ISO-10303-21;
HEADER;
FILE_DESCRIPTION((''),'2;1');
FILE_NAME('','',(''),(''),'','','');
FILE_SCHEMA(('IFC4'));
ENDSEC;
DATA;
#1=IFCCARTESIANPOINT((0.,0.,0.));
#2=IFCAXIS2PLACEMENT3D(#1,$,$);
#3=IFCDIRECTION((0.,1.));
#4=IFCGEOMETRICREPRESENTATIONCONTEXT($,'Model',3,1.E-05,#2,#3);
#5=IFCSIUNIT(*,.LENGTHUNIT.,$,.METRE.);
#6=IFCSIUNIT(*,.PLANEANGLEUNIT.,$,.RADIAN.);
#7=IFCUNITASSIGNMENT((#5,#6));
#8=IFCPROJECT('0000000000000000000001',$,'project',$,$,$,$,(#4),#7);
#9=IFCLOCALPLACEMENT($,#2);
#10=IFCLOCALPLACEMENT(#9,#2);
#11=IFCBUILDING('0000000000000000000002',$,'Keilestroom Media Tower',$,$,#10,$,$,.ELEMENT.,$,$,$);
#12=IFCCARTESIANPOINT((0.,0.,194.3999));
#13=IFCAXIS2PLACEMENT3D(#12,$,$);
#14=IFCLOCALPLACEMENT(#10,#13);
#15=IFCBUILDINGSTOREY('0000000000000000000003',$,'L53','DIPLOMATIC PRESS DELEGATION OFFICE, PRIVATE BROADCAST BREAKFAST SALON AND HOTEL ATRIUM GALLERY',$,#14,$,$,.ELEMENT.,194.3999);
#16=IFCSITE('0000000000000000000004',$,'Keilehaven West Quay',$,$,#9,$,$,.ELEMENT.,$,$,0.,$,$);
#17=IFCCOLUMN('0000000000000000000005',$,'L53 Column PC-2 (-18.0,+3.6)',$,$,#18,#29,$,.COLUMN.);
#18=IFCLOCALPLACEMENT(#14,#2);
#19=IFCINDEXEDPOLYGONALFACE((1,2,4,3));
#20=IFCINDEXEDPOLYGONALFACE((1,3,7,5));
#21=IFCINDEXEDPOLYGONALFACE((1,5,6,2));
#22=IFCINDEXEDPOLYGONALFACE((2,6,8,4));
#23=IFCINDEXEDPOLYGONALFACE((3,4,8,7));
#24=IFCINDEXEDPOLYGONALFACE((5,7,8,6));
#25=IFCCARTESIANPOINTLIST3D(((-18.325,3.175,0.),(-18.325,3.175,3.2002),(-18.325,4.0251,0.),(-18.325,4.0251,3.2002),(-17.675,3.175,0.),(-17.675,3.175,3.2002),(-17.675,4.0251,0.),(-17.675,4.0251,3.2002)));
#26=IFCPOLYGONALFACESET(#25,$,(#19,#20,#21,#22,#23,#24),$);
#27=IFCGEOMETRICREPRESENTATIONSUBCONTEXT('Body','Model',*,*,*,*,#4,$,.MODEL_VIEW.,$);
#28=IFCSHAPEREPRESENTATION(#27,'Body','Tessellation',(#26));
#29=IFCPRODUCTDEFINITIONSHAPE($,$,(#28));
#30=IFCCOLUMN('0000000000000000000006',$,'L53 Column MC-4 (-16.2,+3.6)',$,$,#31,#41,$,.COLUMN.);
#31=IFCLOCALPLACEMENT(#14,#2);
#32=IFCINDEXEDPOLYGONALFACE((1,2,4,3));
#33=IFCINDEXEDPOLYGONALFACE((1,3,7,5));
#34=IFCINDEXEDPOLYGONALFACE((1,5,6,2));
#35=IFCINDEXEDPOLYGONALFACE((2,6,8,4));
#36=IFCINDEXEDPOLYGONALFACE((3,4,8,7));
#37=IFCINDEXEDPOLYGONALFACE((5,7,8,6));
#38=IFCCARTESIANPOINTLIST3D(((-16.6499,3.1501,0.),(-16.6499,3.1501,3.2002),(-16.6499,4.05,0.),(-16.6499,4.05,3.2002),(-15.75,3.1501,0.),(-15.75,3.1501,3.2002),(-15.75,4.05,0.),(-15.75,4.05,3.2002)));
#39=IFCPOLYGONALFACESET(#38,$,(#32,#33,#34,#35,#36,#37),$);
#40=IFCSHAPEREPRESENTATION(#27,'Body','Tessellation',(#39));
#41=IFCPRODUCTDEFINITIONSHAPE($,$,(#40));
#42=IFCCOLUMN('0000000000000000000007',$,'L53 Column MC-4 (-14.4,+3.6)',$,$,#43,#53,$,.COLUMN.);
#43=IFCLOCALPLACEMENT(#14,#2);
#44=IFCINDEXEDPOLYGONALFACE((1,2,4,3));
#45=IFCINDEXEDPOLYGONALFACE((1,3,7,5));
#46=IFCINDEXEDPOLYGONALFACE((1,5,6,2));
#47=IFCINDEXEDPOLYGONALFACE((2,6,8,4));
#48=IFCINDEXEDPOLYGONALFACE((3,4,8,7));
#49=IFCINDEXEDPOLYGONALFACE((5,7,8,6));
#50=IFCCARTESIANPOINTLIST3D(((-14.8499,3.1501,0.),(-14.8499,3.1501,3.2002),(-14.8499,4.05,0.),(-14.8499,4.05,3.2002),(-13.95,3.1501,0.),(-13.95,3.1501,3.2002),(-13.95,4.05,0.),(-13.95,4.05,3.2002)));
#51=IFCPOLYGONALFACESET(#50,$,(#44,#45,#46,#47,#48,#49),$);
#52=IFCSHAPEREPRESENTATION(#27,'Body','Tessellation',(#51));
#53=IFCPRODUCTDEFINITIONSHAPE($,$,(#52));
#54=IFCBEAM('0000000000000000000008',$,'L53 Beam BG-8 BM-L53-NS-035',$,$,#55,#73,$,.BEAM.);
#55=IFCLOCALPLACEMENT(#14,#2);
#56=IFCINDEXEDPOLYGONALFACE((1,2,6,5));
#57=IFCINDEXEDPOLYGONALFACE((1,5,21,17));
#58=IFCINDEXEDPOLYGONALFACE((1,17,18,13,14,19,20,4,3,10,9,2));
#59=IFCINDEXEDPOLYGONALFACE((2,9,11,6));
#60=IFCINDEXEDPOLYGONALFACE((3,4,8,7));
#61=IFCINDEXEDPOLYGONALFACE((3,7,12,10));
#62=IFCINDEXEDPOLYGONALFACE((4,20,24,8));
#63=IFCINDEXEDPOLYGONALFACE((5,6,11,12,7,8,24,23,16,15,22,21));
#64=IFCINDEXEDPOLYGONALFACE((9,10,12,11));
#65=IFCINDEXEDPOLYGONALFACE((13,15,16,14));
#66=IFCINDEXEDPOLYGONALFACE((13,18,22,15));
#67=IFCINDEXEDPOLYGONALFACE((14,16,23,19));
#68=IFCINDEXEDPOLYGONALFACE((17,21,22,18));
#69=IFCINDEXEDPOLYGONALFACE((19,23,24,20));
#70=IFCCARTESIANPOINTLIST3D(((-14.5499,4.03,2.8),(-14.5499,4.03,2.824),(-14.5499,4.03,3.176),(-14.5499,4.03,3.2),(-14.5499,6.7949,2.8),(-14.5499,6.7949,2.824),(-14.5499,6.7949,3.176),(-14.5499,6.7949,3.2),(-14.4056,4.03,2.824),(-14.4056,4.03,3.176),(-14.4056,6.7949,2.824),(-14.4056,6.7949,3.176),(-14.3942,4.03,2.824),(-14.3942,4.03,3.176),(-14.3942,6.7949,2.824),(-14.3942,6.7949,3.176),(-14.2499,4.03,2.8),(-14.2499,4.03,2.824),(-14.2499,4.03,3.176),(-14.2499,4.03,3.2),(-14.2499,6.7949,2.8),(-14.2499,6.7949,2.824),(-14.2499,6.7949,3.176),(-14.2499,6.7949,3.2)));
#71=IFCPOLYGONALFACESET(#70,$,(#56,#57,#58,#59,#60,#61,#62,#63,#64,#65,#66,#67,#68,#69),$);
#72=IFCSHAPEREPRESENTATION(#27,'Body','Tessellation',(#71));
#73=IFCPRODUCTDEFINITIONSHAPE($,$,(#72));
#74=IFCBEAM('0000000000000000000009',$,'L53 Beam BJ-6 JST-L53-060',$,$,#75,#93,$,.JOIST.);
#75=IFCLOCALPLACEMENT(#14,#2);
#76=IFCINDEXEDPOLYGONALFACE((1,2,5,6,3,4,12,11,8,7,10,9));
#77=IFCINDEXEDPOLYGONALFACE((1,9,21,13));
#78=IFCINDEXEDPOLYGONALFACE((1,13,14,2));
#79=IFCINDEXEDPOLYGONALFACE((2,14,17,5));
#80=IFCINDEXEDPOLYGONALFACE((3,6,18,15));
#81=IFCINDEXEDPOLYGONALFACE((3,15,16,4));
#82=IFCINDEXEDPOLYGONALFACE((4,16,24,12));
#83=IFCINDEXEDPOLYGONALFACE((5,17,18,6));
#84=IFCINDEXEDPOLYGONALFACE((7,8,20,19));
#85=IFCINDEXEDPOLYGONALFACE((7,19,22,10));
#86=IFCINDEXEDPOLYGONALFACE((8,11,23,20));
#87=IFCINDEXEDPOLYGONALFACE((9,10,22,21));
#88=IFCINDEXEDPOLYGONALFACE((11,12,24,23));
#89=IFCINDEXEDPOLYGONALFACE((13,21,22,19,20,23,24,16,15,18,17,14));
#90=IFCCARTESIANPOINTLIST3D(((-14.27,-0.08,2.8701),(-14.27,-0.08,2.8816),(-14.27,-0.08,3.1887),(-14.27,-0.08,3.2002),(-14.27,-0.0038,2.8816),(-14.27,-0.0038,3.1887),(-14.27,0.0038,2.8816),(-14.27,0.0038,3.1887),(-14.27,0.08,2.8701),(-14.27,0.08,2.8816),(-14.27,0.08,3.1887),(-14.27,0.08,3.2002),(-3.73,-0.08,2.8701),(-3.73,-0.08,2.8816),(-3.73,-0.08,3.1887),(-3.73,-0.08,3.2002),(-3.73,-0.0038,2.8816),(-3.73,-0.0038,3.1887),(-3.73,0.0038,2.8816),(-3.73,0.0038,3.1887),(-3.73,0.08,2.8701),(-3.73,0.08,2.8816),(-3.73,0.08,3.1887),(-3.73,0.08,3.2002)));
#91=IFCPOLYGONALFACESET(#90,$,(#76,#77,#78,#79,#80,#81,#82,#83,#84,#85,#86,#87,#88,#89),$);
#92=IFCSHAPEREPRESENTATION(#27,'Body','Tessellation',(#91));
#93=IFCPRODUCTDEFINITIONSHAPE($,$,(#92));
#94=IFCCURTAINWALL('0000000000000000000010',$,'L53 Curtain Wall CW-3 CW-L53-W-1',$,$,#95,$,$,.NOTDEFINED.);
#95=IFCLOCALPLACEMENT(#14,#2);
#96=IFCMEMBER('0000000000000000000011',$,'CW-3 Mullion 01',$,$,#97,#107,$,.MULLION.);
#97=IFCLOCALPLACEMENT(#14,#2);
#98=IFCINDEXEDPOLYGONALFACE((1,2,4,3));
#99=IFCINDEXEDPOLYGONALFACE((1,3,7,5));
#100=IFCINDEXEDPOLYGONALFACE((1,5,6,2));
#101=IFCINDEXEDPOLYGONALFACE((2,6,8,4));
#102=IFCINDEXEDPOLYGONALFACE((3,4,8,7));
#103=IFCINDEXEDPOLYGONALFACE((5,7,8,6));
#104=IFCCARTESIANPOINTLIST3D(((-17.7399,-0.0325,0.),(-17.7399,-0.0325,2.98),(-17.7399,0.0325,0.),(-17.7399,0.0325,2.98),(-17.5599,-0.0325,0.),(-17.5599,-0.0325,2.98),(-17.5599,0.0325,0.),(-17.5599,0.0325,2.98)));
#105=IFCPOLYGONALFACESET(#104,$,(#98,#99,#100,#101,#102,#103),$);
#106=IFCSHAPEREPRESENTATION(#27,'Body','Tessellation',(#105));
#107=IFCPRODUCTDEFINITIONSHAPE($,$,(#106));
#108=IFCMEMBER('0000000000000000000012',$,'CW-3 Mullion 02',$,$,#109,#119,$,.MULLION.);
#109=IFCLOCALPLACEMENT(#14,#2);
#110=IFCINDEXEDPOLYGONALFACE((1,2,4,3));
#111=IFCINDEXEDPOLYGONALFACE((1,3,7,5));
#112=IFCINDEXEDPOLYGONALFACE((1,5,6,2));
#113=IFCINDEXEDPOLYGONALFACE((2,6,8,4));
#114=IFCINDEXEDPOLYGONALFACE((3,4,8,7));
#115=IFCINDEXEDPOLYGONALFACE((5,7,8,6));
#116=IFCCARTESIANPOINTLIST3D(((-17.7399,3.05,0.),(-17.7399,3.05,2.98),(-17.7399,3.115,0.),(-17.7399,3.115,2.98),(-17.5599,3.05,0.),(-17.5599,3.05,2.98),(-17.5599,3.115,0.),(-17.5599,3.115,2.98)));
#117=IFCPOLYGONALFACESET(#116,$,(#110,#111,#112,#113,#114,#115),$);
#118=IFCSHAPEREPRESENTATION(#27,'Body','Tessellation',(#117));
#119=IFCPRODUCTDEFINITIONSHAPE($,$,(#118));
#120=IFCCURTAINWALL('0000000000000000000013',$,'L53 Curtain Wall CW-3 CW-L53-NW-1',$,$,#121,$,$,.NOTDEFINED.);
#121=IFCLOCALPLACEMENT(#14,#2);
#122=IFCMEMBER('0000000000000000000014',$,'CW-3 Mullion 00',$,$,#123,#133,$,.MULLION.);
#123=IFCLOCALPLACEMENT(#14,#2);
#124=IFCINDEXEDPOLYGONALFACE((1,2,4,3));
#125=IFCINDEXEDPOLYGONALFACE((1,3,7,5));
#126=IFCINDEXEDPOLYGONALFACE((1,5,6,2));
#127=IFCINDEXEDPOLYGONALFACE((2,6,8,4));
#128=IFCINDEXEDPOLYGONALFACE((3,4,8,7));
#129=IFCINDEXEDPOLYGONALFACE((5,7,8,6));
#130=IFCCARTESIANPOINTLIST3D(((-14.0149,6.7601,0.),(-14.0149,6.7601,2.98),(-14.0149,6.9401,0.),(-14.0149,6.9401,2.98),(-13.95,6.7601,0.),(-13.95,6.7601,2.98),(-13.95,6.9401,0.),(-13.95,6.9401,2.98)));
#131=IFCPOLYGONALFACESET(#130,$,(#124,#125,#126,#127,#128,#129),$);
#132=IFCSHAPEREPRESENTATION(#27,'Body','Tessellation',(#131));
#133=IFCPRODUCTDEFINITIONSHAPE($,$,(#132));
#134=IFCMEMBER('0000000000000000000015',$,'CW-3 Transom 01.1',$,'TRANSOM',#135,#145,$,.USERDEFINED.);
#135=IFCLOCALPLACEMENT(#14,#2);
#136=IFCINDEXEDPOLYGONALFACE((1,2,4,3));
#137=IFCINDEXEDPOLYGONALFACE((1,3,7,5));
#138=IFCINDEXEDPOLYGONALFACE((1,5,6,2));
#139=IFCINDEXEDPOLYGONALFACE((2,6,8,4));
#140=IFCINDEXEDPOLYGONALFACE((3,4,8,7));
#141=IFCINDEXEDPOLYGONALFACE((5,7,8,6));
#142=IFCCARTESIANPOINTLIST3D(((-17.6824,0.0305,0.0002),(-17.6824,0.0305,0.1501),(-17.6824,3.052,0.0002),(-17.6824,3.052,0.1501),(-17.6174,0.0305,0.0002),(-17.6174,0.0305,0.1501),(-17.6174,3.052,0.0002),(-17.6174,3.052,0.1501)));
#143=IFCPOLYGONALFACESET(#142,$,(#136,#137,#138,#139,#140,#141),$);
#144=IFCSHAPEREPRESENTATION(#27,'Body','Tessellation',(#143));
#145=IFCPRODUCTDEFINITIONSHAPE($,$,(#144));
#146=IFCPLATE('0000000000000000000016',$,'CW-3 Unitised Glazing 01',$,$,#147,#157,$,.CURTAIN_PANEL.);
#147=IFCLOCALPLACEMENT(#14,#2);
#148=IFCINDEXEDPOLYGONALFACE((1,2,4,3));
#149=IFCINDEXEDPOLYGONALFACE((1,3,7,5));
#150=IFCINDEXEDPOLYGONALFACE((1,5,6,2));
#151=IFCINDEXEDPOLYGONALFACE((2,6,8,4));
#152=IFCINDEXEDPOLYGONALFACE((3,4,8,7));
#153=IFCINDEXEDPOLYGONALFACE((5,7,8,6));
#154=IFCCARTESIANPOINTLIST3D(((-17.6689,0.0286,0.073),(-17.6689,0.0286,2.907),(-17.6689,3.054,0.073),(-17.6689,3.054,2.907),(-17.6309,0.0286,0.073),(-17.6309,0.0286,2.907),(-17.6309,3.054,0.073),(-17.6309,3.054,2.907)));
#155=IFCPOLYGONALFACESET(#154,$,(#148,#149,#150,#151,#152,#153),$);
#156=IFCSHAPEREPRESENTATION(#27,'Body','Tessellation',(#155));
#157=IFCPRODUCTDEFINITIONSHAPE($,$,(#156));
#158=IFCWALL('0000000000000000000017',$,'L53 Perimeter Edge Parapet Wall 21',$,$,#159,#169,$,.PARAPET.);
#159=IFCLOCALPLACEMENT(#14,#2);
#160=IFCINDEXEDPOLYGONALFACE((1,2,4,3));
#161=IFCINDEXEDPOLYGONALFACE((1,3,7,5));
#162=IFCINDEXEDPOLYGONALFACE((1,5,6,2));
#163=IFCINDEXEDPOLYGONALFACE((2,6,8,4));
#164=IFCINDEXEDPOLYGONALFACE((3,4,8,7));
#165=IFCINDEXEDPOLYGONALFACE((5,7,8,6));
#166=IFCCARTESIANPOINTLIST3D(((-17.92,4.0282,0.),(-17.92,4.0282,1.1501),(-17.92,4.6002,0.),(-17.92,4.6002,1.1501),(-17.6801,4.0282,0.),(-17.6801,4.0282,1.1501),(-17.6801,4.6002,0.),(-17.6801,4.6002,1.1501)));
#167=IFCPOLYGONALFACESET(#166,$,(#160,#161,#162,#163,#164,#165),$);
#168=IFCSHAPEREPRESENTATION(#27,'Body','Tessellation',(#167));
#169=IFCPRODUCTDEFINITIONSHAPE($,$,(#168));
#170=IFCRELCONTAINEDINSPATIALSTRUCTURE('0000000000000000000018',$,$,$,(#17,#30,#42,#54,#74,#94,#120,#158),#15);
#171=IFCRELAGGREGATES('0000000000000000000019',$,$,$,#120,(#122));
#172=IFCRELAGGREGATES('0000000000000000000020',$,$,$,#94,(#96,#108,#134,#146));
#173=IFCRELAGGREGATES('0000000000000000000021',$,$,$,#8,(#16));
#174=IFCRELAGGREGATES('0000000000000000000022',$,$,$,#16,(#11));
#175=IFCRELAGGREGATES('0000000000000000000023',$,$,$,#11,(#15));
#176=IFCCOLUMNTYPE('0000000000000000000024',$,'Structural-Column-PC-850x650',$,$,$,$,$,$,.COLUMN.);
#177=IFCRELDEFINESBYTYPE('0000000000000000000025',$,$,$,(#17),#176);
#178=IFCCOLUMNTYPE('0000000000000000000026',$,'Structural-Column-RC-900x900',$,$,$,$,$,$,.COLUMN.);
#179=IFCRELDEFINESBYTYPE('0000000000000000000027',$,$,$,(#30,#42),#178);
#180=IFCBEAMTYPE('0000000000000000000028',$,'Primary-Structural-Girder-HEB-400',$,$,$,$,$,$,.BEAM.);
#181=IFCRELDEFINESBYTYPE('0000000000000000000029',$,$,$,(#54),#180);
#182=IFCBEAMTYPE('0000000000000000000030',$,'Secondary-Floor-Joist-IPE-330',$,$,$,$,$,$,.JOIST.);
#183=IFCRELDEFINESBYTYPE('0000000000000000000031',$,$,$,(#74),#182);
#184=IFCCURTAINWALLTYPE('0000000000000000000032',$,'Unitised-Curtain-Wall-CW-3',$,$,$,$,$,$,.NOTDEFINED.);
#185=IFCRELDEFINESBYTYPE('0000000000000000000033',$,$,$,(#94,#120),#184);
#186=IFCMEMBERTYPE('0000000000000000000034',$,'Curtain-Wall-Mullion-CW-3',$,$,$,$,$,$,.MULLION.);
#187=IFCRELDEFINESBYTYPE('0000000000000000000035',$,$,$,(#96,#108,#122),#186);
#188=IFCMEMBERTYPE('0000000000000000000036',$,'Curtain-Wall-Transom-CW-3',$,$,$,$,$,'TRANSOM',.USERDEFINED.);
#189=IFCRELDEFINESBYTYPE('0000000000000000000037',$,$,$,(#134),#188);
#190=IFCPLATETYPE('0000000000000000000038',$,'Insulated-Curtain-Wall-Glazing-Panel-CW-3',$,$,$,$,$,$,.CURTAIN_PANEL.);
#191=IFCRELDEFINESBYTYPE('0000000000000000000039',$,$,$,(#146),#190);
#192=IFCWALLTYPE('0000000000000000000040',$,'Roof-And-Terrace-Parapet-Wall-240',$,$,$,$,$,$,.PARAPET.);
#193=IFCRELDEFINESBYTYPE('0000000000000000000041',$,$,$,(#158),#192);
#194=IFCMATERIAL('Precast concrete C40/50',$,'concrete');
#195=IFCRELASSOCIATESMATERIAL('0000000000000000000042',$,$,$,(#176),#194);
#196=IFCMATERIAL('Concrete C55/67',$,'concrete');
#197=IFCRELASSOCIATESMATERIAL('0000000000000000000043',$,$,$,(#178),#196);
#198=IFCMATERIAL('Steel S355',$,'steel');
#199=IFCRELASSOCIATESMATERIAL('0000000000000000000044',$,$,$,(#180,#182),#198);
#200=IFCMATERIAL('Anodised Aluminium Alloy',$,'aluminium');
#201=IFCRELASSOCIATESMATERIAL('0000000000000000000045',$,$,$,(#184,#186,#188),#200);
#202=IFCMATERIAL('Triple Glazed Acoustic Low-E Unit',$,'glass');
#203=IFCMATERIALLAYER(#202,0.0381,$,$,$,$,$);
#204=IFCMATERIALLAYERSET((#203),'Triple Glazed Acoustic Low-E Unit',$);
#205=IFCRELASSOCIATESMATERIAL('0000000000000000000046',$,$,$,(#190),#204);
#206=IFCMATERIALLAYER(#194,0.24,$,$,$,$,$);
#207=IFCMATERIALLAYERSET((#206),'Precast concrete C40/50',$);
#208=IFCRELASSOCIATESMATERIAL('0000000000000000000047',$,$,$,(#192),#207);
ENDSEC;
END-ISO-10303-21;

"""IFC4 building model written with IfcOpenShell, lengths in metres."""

from ifc_helpers import new_model, si_unit, direction, frame, frame_2d, origin, origin_2d, place, context, subcontext, project, spatial, rectangle, i_section, extrude, source, transform, mapped, material, layer, layer_set, material_profile, profile_set, type_object, element, aggregate, save


model = new_model("IFC4")

# Units and contexts
model_context = context("Model", 3, precision=1e-05, world=origin(), true_north=direction((0.0, 1.0)))
body_context = subcontext(model_context, "Body", "Model", "MODEL_VIEW")
ifc_project = project(units=[si_unit("LENGTHUNIT", "METRE"), si_unit("PLANEANGLEUNIT", "RADIAN")], contexts=[model_context])

# Site, building, storey
site_placement = place(None, origin())
site = spatial("IfcSite", under=ifc_project, at=site_placement, Name="Keilehaven West Quay", CompositionType="ELEMENT", RefElevation=0.0)
building_placement = place(site_placement, origin())
building = spatial("IfcBuilding", under=site, at=building_placement, Name="Keilestroom Media Tower", CompositionType="ELEMENT")
storey_placement = place(building_placement, frame((0.0, 0.0, 194.3999)))
storey = spatial("IfcBuildingStorey", under=building, at=storey_placement, Name="L53", Description="DIPLOMATIC PRESS DELEGATION OFFICE, PRIVATE BROADCAST BREAKFAST SALON AND HOTEL ATRIUM GALLERY", CompositionType="ELEMENT", Elevation=194.3999)

# Columns
ifc_material_1 = material(Name="Precast concrete C40/50", Category="concrete")
ifc_material_profile_1 = material_profile(ifc_material_1, rectangle(XDim=0.6499, YDim=0.8501, at=origin_2d()), Name="PC 850x650")
ifc_profile_set_1 = profile_set([ifc_material_profile_1], Name="Precast concrete C40/50")
column_type_1 = type_object("IfcColumnType", Name="Structural-Column-PC-850x650", PredefinedType="COLUMN", material=ifc_profile_set_1)
shared_shape_1 = source(origin(), body_context, "Body", "SweptSolid", [
    extrude(rectangle(XDim=0.6499, YDim=0.8501, at=origin_2d()), origin(), (0.0, 0.0, 1.0), 3.2002),
])
column_placement = place(storey_placement, frame((-18.0, 3.6001, 0.0), z_axis=(0.0, 0.0, 1.0), x_axis=(1.0, 0.0, 0.0)))
element("IfcColumn", 1, at=column_placement, inside=storey, type_object=column_type_1, Name="L53 Column PC-2 (-18.0,+3.6)", PredefinedType="COLUMN", context=body_context, shape_type="MappedRepresentation", body=[
    mapped(shared_shape_1, transform((0.0, 0.0, 0.0), x_axis=(1.0, 0.0, 0.0), y_axis=(0.0, 1.0, 0.0), z_axis=(0.0, 0.0, 1.0), scale=1.0)),
])
ifc_material_2 = material(Name="Concrete C55/67", Category="concrete")
ifc_material_profile_2 = material_profile(ifc_material_2, rectangle(XDim=0.8999, YDim=0.8999, at=origin_2d()), Name="RC 900x900")
ifc_profile_set_2 = profile_set([ifc_material_profile_2], Name="Concrete C55/67")
column_type_2 = type_object("IfcColumnType", Name="Structural-Column-RC-900x900", PredefinedType="COLUMN", material=ifc_profile_set_2)
shared_shape_2 = source(origin(), body_context, "Body", "SweptSolid", [
    extrude(rectangle(XDim=0.8999, YDim=0.8999, at=origin_2d()), origin(), (0.0, 0.0, 1.0), 3.2002),
])
for number, where, z_axis, x_axis, name in (
    (2, (-16.2, 3.6001, 0.0), (0.0, 0.0, 1.0), (1.0, 0.0, 0.0), "L53 Column MC-4 (-16.2,+3.6)"),
    (3, (-14.3999, 3.6001, 0.0), (0.0, 0.0, 1.0), (1.0, 0.0, 0.0), "L53 Column MC-4 (-14.4,+3.6)"),
):
    element("IfcColumn", number, at=place(storey_placement, frame(where, z_axis=z_axis, x_axis=x_axis)), inside=storey, type_object=column_type_2, Name=name, PredefinedType="COLUMN", context=body_context, shape_type="MappedRepresentation", body=[
        mapped(shared_shape_2, transform((0.0, 0.0, 0.0), x_axis=(1.0, 0.0, 0.0), y_axis=(0.0, 1.0, 0.0), z_axis=(0.0, 0.0, 1.0), scale=1.0)),
    ])

# Beams
ifc_material_3 = material(Name="Steel S355", Category="steel")
ifc_material_profile_3 = material_profile(ifc_material_3, i_section(OverallWidth=0.3, OverallDepth=0.3999, WebThickness=0.0115, FlangeThickness=0.0239, at=origin_2d()), Name="HEB 400")
ifc_profile_set_3 = profile_set([ifc_material_profile_3], Name="Steel S355")
beam_type_1 = type_object("IfcBeamType", Name="Primary-Structural-Girder-HEB-400", PredefinedType="BEAM", material=ifc_profile_set_3)
shared_shape_3 = source(origin(), body_context, "Body", "SweptSolid", [
    extrude(i_section(OverallWidth=0.3, OverallDepth=0.3999, WebThickness=0.0115, FlangeThickness=0.0239, at=origin_2d()), origin(), (0.0, 0.0, 1.0), 2.7649),
])
beam_1_placement = place(storey_placement, frame((-14.3999, 4.03, 3.0), z_axis=(0.0, 1.0, 0.0), x_axis=(-1.0, 0.0, 0.0)))
element("IfcBeam", 4, at=beam_1_placement, inside=storey, type_object=beam_type_1, Name="L53 Beam BG-8 BM-L53-NS-035", PredefinedType="BEAM", context=body_context, shape_type="MappedRepresentation", body=[
    mapped(shared_shape_3, transform((0.0, 0.0, 0.0), x_axis=(1.0, 0.0, 0.0), y_axis=(0.0, 1.0, 0.0), z_axis=(0.0, 0.0, 1.0), scale=1.0)),
])
ifc_material_profile_4 = material_profile(ifc_material_3, i_section(OverallWidth=0.1599, OverallDepth=0.3301, WebThickness=0.0076, FlangeThickness=0.0115, at=origin_2d()), Name="IPE 330")
ifc_profile_set_4 = profile_set([ifc_material_profile_4], Name="Steel S355")
beam_type_2 = type_object("IfcBeamType", Name="Secondary-Floor-Joist-IPE-330", PredefinedType="JOIST", material=ifc_profile_set_4)
shared_shape_4 = source(origin(), body_context, "Body", "SweptSolid", [
    extrude(i_section(OverallWidth=0.1599, OverallDepth=0.3301, WebThickness=0.0076, FlangeThickness=0.0115, at=origin_2d()), origin(), (0.0, 0.0, 1.0), 10.54),
])
beam_2_placement = place(storey_placement, frame((-14.27, 0.0, 3.0352), z_axis=(1.0, 0.0, 0.0), x_axis=(0.0, 1.0, 0.0)))
element("IfcBeam", 5, at=beam_2_placement, inside=storey, type_object=beam_type_2, Name="L53 Beam BJ-6 JST-L53-060", PredefinedType="JOIST", context=body_context, shape_type="MappedRepresentation", body=[
    mapped(shared_shape_4, transform((0.0, 0.0, 0.0), x_axis=(1.0, 0.0, 0.0), y_axis=(0.0, 1.0, 0.0), z_axis=(0.0, 0.0, 1.0), scale=1.0)),
])

# Curtain wall, members
ifc_material_4 = material(Name="Anodised Aluminium Alloy", Category="aluminium")
curtain_wall_type = type_object("IfcCurtainWallType", Name="Unitised-Curtain-Wall-CW-3", PredefinedType="NOTDEFINED", material=ifc_material_4)
curtain_wall_1_placement = place(storey_placement, origin())
curtain_wall_1 = element("IfcCurtainWall", 6, at=curtain_wall_1_placement, inside=storey, type_object=curtain_wall_type, Name="L53 Curtain Wall CW-3 CW-L53-W-1", PredefinedType="NOTDEFINED")
ifc_material_profile_5 = material_profile(ifc_material_4, rectangle(XDim=0.0649, YDim=0.1799, at=origin_2d()), Name="ALU MULLION 65x180")
ifc_profile_set_5 = profile_set([ifc_material_profile_5], Name="Anodised Aluminium Alloy")
member_type_1 = type_object("IfcMemberType", Name="Curtain-Wall-Mullion-CW-3", PredefinedType="MULLION", material=ifc_profile_set_5)
shared_shape_5 = source(origin(), body_context, "Body", "SweptSolid", [
    extrude(rectangle(XDim=0.0649, YDim=0.1799, at=origin_2d()), origin(), (0.0, 0.0, 1.0), 2.98),
])
member_1_placement = place(storey_placement, frame((-17.6499, 0.0, 0.0), z_axis=(0.0, 0.0, 1.0), x_axis=(0.0, 1.0, 0.0)))
member_1 = element("IfcMember", 7, at=member_1_placement, type_object=member_type_1, Name="CW-3 Mullion 01", PredefinedType="MULLION", context=body_context, shape_type="MappedRepresentation", body=[
    mapped(shared_shape_5, transform((0.0, 0.0, 0.0), x_axis=(1.0, 0.0, 0.0), y_axis=(0.0, 1.0, 0.0), z_axis=(0.0, 0.0, 1.0), scale=1.0)),
])
member_2_placement = place(storey_placement, frame((-17.6499, 3.0825, 0.0), z_axis=(0.0, 0.0, 1.0), x_axis=(0.0, 1.0, 0.0)))
member_2 = element("IfcMember", 8, at=member_2_placement, type_object=member_type_1, Name="CW-3 Mullion 02", PredefinedType="MULLION", context=body_context, shape_type="MappedRepresentation", body=[
    mapped(shared_shape_5, transform((0.0, 0.0, 0.0), x_axis=(1.0, 0.0, 0.0), y_axis=(0.0, 1.0, 0.0), z_axis=(0.0, 0.0, 1.0), scale=1.0)),
])

# Curtain wall, member
curtain_wall_2_placement = place(storey_placement, origin())
curtain_wall_2 = element("IfcCurtainWall", 9, at=curtain_wall_2_placement, inside=storey, type_object=curtain_wall_type, Name="L53 Curtain Wall CW-3 CW-L53-NW-1", PredefinedType="NOTDEFINED")
member_3_placement = place(storey_placement, frame((-13.9824, 6.8501, 0.0), z_axis=(0.0, 0.0, 1.0), x_axis=(1.0, 0.0, 0.0)))
member_3 = element("IfcMember", 10, at=member_3_placement, type_object=member_type_1, Name="CW-3 Mullion 00", PredefinedType="MULLION", context=body_context, shape_type="MappedRepresentation", body=[
    mapped(shared_shape_5, transform((0.0, 0.0, 0.0), x_axis=(1.0, 0.0, 0.0), y_axis=(0.0, 1.0, 0.0), z_axis=(0.0, 0.0, 1.0), scale=1.0)),
])
aggregate(curtain_wall_2, [member_3])

# Member
ifc_material_profile_6 = material_profile(ifc_material_4, rectangle(XDim=0.0649, YDim=0.1499, at=origin_2d()), Name="ALU TRANSOM 65x150")
ifc_profile_set_6 = profile_set([ifc_material_profile_6], Name="Anodised Aluminium Alloy")
member_type_2 = type_object("IfcMemberType", Name="Curtain-Wall-Transom-CW-3", ElementType="TRANSOM", PredefinedType="USERDEFINED", material=ifc_profile_set_6)
shared_shape_6 = source(origin(), body_context, "Body", "SweptSolid", [
    extrude(rectangle(XDim=0.0649, YDim=0.1499, at=origin_2d()), origin(), (0.0, 0.0, 1.0), 3.0215),
])
member_4_placement = place(storey_placement, frame((-17.6499, 0.0305, 0.0752), z_axis=(0.0, 1.0, 0.0), x_axis=(-1.0, 0.0, 0.0)))
member_4 = element("IfcMember", 11, at=member_4_placement, type_object=member_type_2, Name="CW-3 Transom 01.1", ObjectType="TRANSOM", PredefinedType="USERDEFINED", context=body_context, shape_type="MappedRepresentation", body=[
    mapped(shared_shape_6, transform((0.0, 0.0, 0.0), x_axis=(1.0, 0.0, 0.0), y_axis=(0.0, 1.0, 0.0), z_axis=(0.0, 0.0, 1.0), scale=1.0)),
])

# Plate
ifc_material_5 = material(Name="Triple Glazed Acoustic Low-E Unit", Category="glass")
ifc_layer_1 = layer(ifc_material_5, 0.0381)
ifc_layer_set_1 = layer_set([ifc_layer_1], Name="Triple Glazed Acoustic Low-E Unit")
plate_type = type_object("IfcPlateType", Name="Insulated-Curtain-Wall-Glazing-Panel-CW-3", PredefinedType="CURTAIN_PANEL", material=ifc_layer_set_1)
shared_shape_7 = source(origin(), body_context, "Body", "SweptSolid", [
    extrude(rectangle(XDim=3.0254, YDim=0.0381, at=origin_2d()), origin(), (0.0, 0.0, 1.0), 2.834),
])
plate_placement = place(storey_placement, frame((-17.6499, 1.5413, 0.073), z_axis=(0.0, 0.0, 1.0), x_axis=(0.0, 1.0, 0.0)))
plate = element("IfcPlate", 12, at=plate_placement, type_object=plate_type, Name="CW-3 Unitised Glazing 01", PredefinedType="CURTAIN_PANEL", context=body_context, shape_type="MappedRepresentation", body=[
    mapped(shared_shape_7, transform((0.0, 0.0, 0.0), x_axis=(1.0, 0.0, 0.0), y_axis=(0.0, 1.0, 0.0), z_axis=(0.0, 0.0, 1.0), scale=1.0)),
])
aggregate(curtain_wall_1, [member_1, member_2, member_4, plate])

# Wall
ifc_layer_2 = layer(ifc_material_1, 0.24)
ifc_layer_set_2 = layer_set([ifc_layer_2], Name="Precast concrete C40/50")
wall_type = type_object("IfcWallType", Name="Roof-And-Terrace-Parapet-Wall-240", PredefinedType="PARAPET", material=ifc_layer_set_2)
wall_1_placement = place(storey_placement, frame((-17.8, 4.0281, 0.0), z_axis=(0.0, 0.0, 1.0), x_axis=(0.0, 1.0, 0.0)))
element("IfcWall", 13, at=wall_1_placement, inside=storey, type_object=wall_type, Name="L53 Perimeter Edge Parapet Wall 21", PredefinedType="PARAPET", context=body_context, shape_type="SweptSolid", body=[
    extrude(rectangle(XDim=0.572, YDim=0.24, at=frame_2d((0.2861, 0.0))), origin(), (0.0, 0.0, 1.0), 1.1501),
])

save(model, "model.ifc")
